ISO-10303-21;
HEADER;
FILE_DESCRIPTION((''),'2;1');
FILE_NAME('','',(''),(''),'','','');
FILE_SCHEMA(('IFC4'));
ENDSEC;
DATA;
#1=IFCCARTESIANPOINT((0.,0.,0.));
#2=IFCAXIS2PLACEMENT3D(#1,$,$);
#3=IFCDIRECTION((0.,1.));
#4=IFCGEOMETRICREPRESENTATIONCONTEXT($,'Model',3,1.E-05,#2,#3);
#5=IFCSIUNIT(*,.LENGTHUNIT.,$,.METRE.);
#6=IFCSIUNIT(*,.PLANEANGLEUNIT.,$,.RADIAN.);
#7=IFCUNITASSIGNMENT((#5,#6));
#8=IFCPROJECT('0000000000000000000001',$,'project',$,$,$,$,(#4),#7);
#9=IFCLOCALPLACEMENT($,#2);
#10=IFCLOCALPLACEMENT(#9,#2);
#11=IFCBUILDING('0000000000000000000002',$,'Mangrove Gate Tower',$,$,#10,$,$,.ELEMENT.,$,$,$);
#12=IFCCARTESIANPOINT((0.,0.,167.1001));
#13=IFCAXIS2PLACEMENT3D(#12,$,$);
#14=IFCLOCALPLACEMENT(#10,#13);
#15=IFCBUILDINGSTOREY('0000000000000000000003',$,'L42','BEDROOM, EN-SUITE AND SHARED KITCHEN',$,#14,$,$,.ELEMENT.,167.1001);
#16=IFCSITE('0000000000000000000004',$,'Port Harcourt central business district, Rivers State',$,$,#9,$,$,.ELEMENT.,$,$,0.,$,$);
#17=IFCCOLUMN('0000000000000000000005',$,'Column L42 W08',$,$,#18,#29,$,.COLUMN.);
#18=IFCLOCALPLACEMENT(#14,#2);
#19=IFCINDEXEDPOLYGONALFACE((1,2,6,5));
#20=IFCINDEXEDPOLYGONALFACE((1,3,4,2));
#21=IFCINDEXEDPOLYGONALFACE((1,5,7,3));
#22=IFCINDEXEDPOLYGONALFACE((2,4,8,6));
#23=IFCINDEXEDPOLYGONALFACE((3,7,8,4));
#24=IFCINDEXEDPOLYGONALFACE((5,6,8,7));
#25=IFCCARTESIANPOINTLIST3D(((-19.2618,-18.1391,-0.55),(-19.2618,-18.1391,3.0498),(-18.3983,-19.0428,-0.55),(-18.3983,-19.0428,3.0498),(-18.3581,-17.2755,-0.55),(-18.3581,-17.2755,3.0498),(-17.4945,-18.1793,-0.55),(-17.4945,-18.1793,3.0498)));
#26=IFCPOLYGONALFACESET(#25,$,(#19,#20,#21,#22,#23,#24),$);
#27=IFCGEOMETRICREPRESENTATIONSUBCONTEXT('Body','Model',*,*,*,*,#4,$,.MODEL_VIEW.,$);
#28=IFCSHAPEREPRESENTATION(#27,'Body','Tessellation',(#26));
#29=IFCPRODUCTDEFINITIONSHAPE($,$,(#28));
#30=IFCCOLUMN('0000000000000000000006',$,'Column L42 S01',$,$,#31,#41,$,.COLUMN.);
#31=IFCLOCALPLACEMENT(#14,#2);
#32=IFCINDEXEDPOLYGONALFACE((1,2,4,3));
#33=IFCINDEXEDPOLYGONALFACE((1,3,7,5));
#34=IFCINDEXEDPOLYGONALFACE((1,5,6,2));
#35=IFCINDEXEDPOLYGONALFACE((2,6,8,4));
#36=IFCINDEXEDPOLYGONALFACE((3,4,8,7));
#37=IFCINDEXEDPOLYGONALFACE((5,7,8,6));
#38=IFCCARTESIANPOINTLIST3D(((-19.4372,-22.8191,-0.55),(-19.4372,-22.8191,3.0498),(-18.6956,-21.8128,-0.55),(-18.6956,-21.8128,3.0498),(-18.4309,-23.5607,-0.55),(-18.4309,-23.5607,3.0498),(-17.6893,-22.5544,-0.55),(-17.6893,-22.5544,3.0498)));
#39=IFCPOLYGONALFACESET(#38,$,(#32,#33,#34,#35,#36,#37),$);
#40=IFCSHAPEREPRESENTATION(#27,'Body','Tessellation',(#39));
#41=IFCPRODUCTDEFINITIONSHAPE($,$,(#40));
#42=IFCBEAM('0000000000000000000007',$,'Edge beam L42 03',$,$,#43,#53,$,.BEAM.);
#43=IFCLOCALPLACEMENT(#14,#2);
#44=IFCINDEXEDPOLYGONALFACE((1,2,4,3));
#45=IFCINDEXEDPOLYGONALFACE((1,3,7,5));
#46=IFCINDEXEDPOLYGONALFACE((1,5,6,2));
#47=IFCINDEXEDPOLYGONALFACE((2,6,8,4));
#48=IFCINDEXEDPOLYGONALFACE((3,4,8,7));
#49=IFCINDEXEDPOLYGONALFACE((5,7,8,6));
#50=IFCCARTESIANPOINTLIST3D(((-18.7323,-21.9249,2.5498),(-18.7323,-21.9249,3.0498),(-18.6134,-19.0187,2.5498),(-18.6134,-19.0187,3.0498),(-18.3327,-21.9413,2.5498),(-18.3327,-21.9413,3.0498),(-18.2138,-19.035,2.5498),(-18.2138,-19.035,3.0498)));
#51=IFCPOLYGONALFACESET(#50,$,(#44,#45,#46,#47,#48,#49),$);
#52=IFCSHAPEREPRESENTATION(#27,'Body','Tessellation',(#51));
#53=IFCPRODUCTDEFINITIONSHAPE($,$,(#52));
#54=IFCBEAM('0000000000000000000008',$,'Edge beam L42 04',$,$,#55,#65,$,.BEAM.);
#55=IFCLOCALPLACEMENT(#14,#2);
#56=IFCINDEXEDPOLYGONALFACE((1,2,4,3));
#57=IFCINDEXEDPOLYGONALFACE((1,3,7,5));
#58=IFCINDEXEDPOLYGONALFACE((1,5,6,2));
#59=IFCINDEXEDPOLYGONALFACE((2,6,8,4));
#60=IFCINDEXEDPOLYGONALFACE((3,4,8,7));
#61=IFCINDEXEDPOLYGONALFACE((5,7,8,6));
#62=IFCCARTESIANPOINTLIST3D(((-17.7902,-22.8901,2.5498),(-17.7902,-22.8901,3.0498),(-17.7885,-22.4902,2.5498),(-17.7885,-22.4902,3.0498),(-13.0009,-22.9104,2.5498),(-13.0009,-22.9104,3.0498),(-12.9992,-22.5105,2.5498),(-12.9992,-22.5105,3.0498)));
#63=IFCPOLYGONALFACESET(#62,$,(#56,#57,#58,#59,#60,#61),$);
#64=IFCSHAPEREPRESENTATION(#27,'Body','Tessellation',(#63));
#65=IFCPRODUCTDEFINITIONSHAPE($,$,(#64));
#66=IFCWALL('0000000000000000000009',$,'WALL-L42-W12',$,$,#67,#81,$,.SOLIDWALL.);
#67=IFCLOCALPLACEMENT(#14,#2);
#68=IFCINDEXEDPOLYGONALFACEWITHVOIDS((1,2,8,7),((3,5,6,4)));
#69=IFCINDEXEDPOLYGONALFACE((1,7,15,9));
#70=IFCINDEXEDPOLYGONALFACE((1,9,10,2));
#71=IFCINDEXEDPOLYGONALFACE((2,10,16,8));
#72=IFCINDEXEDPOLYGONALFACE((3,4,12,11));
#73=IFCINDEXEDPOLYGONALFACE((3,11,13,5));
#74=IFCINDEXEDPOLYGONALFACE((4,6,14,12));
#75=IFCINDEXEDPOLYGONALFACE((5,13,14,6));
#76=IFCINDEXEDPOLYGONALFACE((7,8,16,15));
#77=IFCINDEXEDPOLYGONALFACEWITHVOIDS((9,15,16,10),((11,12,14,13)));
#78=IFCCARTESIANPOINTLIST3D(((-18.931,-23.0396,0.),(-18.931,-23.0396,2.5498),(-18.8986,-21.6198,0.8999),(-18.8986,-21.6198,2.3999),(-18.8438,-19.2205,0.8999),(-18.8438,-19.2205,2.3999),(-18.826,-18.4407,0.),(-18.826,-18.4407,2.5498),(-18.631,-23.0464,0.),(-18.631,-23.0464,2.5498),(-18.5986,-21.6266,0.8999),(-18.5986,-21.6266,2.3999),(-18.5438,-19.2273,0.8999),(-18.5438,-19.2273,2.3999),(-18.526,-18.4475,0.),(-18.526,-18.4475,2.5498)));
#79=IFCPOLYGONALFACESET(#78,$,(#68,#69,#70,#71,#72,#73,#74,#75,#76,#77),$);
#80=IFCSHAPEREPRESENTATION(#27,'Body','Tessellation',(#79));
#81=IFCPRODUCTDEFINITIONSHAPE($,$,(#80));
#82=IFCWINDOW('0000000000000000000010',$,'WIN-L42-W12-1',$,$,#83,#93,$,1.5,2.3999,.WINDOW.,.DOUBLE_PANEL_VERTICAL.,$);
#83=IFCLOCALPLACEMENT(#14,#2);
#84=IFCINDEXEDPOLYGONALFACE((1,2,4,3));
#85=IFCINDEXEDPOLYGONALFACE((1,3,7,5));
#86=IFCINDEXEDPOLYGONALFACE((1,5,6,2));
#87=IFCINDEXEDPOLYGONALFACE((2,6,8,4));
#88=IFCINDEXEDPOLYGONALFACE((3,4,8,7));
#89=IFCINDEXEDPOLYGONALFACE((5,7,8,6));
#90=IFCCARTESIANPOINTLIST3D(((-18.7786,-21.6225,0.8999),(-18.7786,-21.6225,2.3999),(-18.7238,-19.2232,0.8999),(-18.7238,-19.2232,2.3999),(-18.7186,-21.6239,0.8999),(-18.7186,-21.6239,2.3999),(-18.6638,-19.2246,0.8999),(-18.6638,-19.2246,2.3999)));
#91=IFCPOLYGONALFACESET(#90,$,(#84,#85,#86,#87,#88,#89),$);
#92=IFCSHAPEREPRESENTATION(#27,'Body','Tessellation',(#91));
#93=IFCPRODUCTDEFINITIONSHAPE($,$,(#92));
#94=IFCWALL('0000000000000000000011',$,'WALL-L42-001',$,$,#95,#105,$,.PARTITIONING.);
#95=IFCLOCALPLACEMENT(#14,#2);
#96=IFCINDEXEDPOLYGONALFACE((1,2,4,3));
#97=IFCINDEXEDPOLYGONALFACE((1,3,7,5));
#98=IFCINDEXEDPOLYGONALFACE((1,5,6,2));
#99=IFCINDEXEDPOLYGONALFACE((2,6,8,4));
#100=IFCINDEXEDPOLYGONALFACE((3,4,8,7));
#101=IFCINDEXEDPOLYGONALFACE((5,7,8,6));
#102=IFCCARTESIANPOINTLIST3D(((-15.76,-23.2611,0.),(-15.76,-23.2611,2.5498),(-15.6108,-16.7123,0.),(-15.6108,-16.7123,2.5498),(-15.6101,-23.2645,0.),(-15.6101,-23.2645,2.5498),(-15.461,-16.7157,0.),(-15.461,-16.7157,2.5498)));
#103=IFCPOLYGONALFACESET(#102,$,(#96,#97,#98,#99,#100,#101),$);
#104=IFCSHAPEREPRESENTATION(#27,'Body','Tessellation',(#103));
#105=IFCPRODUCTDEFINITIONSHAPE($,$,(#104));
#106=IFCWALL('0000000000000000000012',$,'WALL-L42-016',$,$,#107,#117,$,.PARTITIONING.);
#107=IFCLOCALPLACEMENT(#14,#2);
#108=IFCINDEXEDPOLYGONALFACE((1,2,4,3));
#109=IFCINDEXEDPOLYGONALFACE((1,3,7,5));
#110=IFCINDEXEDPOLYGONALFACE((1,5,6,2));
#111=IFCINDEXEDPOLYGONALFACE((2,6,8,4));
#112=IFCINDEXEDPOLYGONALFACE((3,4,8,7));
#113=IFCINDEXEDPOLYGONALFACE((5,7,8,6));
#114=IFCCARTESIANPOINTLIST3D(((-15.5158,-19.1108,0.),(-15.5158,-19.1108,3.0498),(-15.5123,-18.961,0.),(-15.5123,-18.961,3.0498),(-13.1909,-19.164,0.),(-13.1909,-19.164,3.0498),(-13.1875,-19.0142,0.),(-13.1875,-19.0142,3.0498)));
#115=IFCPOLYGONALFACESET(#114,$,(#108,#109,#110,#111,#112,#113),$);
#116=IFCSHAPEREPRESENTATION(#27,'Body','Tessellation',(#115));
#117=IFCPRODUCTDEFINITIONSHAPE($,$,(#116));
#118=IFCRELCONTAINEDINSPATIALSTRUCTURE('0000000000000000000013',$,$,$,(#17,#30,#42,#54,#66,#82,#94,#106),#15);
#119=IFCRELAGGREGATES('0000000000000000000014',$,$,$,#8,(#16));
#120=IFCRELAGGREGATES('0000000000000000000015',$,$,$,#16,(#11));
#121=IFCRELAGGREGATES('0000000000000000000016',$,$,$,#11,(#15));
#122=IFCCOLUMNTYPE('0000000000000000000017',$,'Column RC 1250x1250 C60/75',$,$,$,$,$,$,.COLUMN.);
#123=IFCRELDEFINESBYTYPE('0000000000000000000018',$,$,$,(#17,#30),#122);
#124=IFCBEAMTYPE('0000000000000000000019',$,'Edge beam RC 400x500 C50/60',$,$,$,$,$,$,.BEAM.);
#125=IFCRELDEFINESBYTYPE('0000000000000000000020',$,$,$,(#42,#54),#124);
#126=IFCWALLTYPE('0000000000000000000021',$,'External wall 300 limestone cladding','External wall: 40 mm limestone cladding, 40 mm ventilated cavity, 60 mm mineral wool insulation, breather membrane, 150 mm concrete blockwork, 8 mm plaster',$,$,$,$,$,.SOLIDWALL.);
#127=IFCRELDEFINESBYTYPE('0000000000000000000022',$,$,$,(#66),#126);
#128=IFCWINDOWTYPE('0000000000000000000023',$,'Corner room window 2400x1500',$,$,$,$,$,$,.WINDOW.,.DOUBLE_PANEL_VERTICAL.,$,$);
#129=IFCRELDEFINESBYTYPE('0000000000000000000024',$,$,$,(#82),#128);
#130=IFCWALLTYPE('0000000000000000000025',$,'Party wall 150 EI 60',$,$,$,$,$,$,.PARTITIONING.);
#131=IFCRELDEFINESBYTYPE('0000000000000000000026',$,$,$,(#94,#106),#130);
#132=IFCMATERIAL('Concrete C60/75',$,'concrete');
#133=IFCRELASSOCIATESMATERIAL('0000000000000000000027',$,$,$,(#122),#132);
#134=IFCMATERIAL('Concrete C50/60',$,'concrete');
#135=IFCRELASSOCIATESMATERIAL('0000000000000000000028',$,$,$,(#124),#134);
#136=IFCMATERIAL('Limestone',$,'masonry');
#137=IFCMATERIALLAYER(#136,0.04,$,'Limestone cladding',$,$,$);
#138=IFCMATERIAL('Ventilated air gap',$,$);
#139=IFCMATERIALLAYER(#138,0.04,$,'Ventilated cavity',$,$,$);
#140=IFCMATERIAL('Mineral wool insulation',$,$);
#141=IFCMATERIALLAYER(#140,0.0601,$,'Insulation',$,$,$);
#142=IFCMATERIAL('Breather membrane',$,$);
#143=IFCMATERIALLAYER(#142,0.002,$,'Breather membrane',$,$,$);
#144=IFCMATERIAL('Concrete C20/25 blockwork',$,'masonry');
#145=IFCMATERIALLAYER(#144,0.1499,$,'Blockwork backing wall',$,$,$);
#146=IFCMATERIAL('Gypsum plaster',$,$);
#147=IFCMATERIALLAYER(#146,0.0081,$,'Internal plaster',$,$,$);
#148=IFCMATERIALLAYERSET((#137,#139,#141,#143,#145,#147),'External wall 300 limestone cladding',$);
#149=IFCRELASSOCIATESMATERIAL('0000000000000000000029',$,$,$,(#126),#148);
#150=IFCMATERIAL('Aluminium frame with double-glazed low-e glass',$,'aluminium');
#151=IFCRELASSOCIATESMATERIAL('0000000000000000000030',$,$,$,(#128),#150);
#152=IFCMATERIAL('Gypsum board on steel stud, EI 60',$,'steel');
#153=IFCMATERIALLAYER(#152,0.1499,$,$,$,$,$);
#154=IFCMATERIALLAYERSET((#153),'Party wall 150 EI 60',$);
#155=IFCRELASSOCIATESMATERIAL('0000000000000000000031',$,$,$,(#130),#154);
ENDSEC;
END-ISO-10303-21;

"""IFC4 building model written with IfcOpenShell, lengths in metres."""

from ifc_helpers import new_model, si_unit, direction, frame, frame_2d, origin, origin_2d, place, context, subcontext, project, spatial, rectangle, extrude, material, layer, layer_set, material_profile, profile_set, type_object, element, fill, save


model = new_model("IFC4")

# Units and contexts
model_context = context("Model", 3, precision=1e-05, world=origin(), true_north=direction((0.0, 1.0)))
body_context = subcontext(model_context, "Body", "Model", "MODEL_VIEW")
ifc_project = project(units=[si_unit("LENGTHUNIT", "METRE"), si_unit("PLANEANGLEUNIT", "RADIAN")], contexts=[model_context])

# Site, building, storey
site_placement = place(None, origin())
site = spatial("IfcSite", under=ifc_project, at=site_placement, Name="Port Harcourt central business district, Rivers State", CompositionType="ELEMENT", RefElevation=0.0)
building_placement = place(site_placement, origin())
building = spatial("IfcBuilding", under=site, at=building_placement, Name="Mangrove Gate Tower", CompositionType="ELEMENT")
storey_placement = place(building_placement, frame((0.0, 0.0, 167.1001)))
storey = spatial("IfcBuildingStorey", under=building, at=storey_placement, Name="L42", Description="BEDROOM, EN-SUITE AND SHARED KITCHEN", CompositionType="ELEMENT", Elevation=167.1001)

# Columns
ifc_material_1 = material(Name="Concrete C60/75", Category="concrete")
ifc_material_profile_1 = material_profile(ifc_material_1, rectangle(XDim=1.25, YDim=1.25, at=origin_2d()))
ifc_profile_set_1 = profile_set([ifc_material_profile_1], Name="Concrete C60/75")
column_type = type_object("IfcColumnType", Name="Column RC 1250x1250 C60/75", PredefinedType="COLUMN", material=ifc_profile_set_1)
for number, where, z_axis, x_axis, name in (
    (1, (-18.3782, -18.1592, -0.55), (0.0, 0.0, 1.0), (0.69086, -0.722989, 0.0), "Column L42 W08"),
    (2, (-18.5632, -22.6868, -0.55), (0.0, 0.0, 1.0), (0.804996, -0.59328, 0.0), "Column L42 S01"),
):
    element("IfcColumn", number, at=place(storey_placement, frame(where, z_axis=z_axis, x_axis=x_axis)), inside=storey, type_object=column_type, Name=name, PredefinedType="COLUMN", context=body_context, shape_type="SweptSolid", body=[
        extrude(rectangle(XDim=1.25, YDim=1.25, at=origin_2d()), origin(), (0.0, 0.0, 1.0), 3.5999),
    ])

# Beams
ifc_material_2 = material(Name="Concrete C50/60", Category="concrete")
ifc_material_profile_2 = material_profile(ifc_material_2, rectangle(XDim=0.3999, YDim=0.5, at=origin_2d()))
ifc_profile_set_2 = profile_set([ifc_material_profile_2], Name="Concrete C50/60")
beam_type = type_object("IfcBeamType", Name="Edge beam RC 400x500 C50/60", PredefinedType="BEAM", material=ifc_profile_set_2)
beam_1_placement = place(storey_placement, frame((-18.4136, -19.0269, 2.7998), z_axis=(-0.040876, -0.999164, 0.0), x_axis=(0.999164, -0.040876, 0.0)))
element("IfcBeam", 3, at=beam_1_placement, inside=storey, type_object=beam_type, Name="Edge beam L42 03", PredefinedType="BEAM", context=body_context, shape_type="SweptSolid", body=[
    extrude(rectangle(XDim=0.3999, YDim=0.5, at=origin_2d()), origin(), (0.0, 0.0, 1.0), 2.9087),
])
beam_2_placement = place(storey_placement, frame((-17.7893, -22.6902, 2.7998), z_axis=(0.999991, -0.004231, 0.0), x_axis=(0.004231, 0.999991, 0.0)))
element("IfcBeam", 4, at=beam_2_placement, inside=storey, type_object=beam_type, Name="Edge beam L42 04", PredefinedType="BEAM", context=body_context, shape_type="SweptSolid", body=[
    extrude(rectangle(XDim=0.3999, YDim=0.5, at=origin_2d()), origin(), (0.0, 0.0, 1.0), 4.7893),
])

# Wall, opening, window
ifc_material_3 = material(Name="Limestone", Category="masonry")
ifc_layer_1 = layer(ifc_material_3, 0.04, Name="Limestone cladding")
ifc_material_4 = material(Name="Ventilated air gap")
ifc_layer_2 = layer(ifc_material_4, 0.04, Name="Ventilated cavity")
ifc_material_5 = material(Name="Mineral wool insulation")
ifc_layer_3 = layer(ifc_material_5, 0.0601, Name="Insulation")
ifc_material_6 = material(Name="Breather membrane")
ifc_layer_4 = layer(ifc_material_6, 0.002, Name="Breather membrane")
ifc_material_7 = material(Name="Concrete C20/25 blockwork", Category="masonry")
ifc_layer_5 = layer(ifc_material_7, 0.1499, Name="Blockwork backing wall")
ifc_material_8 = material(Name="Gypsum plaster")
ifc_layer_6 = layer(ifc_material_8, 0.0081, Name="Internal plaster")
ifc_layer_set_1 = layer_set([ifc_layer_1, ifc_layer_2, ifc_layer_3, ifc_layer_4, ifc_layer_5, ifc_layer_6], Name="External wall 300 limestone cladding")
wall_type_1 = type_object("IfcWallType", Name="External wall 300 limestone cladding", Description="External wall: 40 mm limestone cladding, 40 mm ventilated cavity, 60 mm mineral wool insulation, breather membrane, 150 mm concrete blockwork, 8 mm plaster", PredefinedType="SOLIDWALL", material=ifc_layer_set_1)
wall_1_placement = place(storey_placement, frame((-18.676, -18.4441, 0.0), z_axis=(0.0, 0.0, 1.0), x_axis=(-0.022821, -0.99974, 0.0)))
wall_1 = element("IfcWall", 5, at=wall_1_placement, inside=storey, type_object=wall_type_1, Name="WALL-L42-W12", PredefinedType="SOLIDWALL", context=body_context, shape_type="SweptSolid", body=[
    extrude(rectangle(XDim=4.6001, YDim=0.3, at=frame_2d((2.3, 0.0))), origin(), (0.0, 0.0, 1.0), 2.5498),
])
opening_1_placement = place(wall_1_placement, frame((0.78, 0.0, 0.8999)))
opening_1 = element("IfcOpeningElement", 6, at=opening_1_placement, cuts=wall_1, PredefinedType="OPENING", context=body_context, shape_type="SweptSolid", body=[
    extrude(rectangle(XDim=2.3999, YDim=1.5, at=frame_2d((1.2, 0.75))), frame((0.0, 0.1599, 0.0), z_axis=(0.0, -1.0, 0.0), x_axis=(1.0, 0.0, 0.0)), (0.0, 0.0, 1.0), 0.3201),
])
ifc_material_9 = material(Name="Aluminium frame with double-glazed low-e glass", Category="aluminium")
window_type = type_object("IfcWindowType", Name="Corner room window 2400x1500", PartitioningType="DOUBLE_PANEL_VERTICAL", PredefinedType="WINDOW", material=ifc_material_9)
window_placement = place(opening_1_placement, origin())
window = element("IfcWindow", 7, at=window_placement, inside=storey, type_object=window_type, Name="WIN-L42-W12-1", OverallHeight=1.5, OverallWidth=2.3999, PartitioningType="DOUBLE_PANEL_VERTICAL", PredefinedType="WINDOW", context=body_context, shape_type="SweptSolid", body=[
    extrude(rectangle(XDim=2.3999, YDim=1.5, at=frame_2d((1.2, 0.75))), frame((0.0, 0.03, 0.0), z_axis=(0.0, -1.0, 0.0), x_axis=(1.0, 0.0, 0.0)), (0.0, 0.0, 1.0), 0.0601),
])
fill(opening_1, window)

# Walls
ifc_material_10 = material(Name="Gypsum board on steel stud, EI 60", Category="steel")
ifc_layer_7 = layer(ifc_material_10, 0.1499)
ifc_layer_set_2 = layer_set([ifc_layer_7], Name="Party wall 150 EI 60")
wall_type_2 = type_object("IfcWallType", Name="Party wall 150 EI 60", PredefinedType="PARTITIONING", material=ifc_layer_set_2)
wall_2_placement = place(storey_placement, frame((-15.6851, -23.2629, 0.0), z_axis=(0.0, 0.0, 1.0), x_axis=(0.022772, 0.999741, 0.0)))
element("IfcWall", 8, at=wall_2_placement, inside=storey, type_object=wall_type_2, Name="WALL-L42-001", PredefinedType="PARTITIONING", context=body_context, shape_type="SweptSolid", body=[
    extrude(rectangle(XDim=6.5505, YDim=0.1499, at=frame_2d((3.2754, 0.0))), origin(), (0.0, 0.0, 1.0), 2.5498),
])
wall_3_placement = place(storey_placement, frame((-15.5139, -19.0359, 0.0), z_axis=(0.0, 0.0, 1.0), x_axis=(0.999738, -0.022886, 0.0)))
element("IfcWall", 9, at=wall_3_placement, inside=storey, type_object=wall_type_2, Name="WALL-L42-016", PredefinedType="PARTITIONING", context=body_context, shape_type="SweptSolid", body=[
    extrude(rectangle(XDim=2.3254, YDim=0.1499, at=frame_2d((1.1626, 0.0))), origin(), (0.0, 0.0, 1.0), 3.0498),
])

save(model, "model.ifc")
